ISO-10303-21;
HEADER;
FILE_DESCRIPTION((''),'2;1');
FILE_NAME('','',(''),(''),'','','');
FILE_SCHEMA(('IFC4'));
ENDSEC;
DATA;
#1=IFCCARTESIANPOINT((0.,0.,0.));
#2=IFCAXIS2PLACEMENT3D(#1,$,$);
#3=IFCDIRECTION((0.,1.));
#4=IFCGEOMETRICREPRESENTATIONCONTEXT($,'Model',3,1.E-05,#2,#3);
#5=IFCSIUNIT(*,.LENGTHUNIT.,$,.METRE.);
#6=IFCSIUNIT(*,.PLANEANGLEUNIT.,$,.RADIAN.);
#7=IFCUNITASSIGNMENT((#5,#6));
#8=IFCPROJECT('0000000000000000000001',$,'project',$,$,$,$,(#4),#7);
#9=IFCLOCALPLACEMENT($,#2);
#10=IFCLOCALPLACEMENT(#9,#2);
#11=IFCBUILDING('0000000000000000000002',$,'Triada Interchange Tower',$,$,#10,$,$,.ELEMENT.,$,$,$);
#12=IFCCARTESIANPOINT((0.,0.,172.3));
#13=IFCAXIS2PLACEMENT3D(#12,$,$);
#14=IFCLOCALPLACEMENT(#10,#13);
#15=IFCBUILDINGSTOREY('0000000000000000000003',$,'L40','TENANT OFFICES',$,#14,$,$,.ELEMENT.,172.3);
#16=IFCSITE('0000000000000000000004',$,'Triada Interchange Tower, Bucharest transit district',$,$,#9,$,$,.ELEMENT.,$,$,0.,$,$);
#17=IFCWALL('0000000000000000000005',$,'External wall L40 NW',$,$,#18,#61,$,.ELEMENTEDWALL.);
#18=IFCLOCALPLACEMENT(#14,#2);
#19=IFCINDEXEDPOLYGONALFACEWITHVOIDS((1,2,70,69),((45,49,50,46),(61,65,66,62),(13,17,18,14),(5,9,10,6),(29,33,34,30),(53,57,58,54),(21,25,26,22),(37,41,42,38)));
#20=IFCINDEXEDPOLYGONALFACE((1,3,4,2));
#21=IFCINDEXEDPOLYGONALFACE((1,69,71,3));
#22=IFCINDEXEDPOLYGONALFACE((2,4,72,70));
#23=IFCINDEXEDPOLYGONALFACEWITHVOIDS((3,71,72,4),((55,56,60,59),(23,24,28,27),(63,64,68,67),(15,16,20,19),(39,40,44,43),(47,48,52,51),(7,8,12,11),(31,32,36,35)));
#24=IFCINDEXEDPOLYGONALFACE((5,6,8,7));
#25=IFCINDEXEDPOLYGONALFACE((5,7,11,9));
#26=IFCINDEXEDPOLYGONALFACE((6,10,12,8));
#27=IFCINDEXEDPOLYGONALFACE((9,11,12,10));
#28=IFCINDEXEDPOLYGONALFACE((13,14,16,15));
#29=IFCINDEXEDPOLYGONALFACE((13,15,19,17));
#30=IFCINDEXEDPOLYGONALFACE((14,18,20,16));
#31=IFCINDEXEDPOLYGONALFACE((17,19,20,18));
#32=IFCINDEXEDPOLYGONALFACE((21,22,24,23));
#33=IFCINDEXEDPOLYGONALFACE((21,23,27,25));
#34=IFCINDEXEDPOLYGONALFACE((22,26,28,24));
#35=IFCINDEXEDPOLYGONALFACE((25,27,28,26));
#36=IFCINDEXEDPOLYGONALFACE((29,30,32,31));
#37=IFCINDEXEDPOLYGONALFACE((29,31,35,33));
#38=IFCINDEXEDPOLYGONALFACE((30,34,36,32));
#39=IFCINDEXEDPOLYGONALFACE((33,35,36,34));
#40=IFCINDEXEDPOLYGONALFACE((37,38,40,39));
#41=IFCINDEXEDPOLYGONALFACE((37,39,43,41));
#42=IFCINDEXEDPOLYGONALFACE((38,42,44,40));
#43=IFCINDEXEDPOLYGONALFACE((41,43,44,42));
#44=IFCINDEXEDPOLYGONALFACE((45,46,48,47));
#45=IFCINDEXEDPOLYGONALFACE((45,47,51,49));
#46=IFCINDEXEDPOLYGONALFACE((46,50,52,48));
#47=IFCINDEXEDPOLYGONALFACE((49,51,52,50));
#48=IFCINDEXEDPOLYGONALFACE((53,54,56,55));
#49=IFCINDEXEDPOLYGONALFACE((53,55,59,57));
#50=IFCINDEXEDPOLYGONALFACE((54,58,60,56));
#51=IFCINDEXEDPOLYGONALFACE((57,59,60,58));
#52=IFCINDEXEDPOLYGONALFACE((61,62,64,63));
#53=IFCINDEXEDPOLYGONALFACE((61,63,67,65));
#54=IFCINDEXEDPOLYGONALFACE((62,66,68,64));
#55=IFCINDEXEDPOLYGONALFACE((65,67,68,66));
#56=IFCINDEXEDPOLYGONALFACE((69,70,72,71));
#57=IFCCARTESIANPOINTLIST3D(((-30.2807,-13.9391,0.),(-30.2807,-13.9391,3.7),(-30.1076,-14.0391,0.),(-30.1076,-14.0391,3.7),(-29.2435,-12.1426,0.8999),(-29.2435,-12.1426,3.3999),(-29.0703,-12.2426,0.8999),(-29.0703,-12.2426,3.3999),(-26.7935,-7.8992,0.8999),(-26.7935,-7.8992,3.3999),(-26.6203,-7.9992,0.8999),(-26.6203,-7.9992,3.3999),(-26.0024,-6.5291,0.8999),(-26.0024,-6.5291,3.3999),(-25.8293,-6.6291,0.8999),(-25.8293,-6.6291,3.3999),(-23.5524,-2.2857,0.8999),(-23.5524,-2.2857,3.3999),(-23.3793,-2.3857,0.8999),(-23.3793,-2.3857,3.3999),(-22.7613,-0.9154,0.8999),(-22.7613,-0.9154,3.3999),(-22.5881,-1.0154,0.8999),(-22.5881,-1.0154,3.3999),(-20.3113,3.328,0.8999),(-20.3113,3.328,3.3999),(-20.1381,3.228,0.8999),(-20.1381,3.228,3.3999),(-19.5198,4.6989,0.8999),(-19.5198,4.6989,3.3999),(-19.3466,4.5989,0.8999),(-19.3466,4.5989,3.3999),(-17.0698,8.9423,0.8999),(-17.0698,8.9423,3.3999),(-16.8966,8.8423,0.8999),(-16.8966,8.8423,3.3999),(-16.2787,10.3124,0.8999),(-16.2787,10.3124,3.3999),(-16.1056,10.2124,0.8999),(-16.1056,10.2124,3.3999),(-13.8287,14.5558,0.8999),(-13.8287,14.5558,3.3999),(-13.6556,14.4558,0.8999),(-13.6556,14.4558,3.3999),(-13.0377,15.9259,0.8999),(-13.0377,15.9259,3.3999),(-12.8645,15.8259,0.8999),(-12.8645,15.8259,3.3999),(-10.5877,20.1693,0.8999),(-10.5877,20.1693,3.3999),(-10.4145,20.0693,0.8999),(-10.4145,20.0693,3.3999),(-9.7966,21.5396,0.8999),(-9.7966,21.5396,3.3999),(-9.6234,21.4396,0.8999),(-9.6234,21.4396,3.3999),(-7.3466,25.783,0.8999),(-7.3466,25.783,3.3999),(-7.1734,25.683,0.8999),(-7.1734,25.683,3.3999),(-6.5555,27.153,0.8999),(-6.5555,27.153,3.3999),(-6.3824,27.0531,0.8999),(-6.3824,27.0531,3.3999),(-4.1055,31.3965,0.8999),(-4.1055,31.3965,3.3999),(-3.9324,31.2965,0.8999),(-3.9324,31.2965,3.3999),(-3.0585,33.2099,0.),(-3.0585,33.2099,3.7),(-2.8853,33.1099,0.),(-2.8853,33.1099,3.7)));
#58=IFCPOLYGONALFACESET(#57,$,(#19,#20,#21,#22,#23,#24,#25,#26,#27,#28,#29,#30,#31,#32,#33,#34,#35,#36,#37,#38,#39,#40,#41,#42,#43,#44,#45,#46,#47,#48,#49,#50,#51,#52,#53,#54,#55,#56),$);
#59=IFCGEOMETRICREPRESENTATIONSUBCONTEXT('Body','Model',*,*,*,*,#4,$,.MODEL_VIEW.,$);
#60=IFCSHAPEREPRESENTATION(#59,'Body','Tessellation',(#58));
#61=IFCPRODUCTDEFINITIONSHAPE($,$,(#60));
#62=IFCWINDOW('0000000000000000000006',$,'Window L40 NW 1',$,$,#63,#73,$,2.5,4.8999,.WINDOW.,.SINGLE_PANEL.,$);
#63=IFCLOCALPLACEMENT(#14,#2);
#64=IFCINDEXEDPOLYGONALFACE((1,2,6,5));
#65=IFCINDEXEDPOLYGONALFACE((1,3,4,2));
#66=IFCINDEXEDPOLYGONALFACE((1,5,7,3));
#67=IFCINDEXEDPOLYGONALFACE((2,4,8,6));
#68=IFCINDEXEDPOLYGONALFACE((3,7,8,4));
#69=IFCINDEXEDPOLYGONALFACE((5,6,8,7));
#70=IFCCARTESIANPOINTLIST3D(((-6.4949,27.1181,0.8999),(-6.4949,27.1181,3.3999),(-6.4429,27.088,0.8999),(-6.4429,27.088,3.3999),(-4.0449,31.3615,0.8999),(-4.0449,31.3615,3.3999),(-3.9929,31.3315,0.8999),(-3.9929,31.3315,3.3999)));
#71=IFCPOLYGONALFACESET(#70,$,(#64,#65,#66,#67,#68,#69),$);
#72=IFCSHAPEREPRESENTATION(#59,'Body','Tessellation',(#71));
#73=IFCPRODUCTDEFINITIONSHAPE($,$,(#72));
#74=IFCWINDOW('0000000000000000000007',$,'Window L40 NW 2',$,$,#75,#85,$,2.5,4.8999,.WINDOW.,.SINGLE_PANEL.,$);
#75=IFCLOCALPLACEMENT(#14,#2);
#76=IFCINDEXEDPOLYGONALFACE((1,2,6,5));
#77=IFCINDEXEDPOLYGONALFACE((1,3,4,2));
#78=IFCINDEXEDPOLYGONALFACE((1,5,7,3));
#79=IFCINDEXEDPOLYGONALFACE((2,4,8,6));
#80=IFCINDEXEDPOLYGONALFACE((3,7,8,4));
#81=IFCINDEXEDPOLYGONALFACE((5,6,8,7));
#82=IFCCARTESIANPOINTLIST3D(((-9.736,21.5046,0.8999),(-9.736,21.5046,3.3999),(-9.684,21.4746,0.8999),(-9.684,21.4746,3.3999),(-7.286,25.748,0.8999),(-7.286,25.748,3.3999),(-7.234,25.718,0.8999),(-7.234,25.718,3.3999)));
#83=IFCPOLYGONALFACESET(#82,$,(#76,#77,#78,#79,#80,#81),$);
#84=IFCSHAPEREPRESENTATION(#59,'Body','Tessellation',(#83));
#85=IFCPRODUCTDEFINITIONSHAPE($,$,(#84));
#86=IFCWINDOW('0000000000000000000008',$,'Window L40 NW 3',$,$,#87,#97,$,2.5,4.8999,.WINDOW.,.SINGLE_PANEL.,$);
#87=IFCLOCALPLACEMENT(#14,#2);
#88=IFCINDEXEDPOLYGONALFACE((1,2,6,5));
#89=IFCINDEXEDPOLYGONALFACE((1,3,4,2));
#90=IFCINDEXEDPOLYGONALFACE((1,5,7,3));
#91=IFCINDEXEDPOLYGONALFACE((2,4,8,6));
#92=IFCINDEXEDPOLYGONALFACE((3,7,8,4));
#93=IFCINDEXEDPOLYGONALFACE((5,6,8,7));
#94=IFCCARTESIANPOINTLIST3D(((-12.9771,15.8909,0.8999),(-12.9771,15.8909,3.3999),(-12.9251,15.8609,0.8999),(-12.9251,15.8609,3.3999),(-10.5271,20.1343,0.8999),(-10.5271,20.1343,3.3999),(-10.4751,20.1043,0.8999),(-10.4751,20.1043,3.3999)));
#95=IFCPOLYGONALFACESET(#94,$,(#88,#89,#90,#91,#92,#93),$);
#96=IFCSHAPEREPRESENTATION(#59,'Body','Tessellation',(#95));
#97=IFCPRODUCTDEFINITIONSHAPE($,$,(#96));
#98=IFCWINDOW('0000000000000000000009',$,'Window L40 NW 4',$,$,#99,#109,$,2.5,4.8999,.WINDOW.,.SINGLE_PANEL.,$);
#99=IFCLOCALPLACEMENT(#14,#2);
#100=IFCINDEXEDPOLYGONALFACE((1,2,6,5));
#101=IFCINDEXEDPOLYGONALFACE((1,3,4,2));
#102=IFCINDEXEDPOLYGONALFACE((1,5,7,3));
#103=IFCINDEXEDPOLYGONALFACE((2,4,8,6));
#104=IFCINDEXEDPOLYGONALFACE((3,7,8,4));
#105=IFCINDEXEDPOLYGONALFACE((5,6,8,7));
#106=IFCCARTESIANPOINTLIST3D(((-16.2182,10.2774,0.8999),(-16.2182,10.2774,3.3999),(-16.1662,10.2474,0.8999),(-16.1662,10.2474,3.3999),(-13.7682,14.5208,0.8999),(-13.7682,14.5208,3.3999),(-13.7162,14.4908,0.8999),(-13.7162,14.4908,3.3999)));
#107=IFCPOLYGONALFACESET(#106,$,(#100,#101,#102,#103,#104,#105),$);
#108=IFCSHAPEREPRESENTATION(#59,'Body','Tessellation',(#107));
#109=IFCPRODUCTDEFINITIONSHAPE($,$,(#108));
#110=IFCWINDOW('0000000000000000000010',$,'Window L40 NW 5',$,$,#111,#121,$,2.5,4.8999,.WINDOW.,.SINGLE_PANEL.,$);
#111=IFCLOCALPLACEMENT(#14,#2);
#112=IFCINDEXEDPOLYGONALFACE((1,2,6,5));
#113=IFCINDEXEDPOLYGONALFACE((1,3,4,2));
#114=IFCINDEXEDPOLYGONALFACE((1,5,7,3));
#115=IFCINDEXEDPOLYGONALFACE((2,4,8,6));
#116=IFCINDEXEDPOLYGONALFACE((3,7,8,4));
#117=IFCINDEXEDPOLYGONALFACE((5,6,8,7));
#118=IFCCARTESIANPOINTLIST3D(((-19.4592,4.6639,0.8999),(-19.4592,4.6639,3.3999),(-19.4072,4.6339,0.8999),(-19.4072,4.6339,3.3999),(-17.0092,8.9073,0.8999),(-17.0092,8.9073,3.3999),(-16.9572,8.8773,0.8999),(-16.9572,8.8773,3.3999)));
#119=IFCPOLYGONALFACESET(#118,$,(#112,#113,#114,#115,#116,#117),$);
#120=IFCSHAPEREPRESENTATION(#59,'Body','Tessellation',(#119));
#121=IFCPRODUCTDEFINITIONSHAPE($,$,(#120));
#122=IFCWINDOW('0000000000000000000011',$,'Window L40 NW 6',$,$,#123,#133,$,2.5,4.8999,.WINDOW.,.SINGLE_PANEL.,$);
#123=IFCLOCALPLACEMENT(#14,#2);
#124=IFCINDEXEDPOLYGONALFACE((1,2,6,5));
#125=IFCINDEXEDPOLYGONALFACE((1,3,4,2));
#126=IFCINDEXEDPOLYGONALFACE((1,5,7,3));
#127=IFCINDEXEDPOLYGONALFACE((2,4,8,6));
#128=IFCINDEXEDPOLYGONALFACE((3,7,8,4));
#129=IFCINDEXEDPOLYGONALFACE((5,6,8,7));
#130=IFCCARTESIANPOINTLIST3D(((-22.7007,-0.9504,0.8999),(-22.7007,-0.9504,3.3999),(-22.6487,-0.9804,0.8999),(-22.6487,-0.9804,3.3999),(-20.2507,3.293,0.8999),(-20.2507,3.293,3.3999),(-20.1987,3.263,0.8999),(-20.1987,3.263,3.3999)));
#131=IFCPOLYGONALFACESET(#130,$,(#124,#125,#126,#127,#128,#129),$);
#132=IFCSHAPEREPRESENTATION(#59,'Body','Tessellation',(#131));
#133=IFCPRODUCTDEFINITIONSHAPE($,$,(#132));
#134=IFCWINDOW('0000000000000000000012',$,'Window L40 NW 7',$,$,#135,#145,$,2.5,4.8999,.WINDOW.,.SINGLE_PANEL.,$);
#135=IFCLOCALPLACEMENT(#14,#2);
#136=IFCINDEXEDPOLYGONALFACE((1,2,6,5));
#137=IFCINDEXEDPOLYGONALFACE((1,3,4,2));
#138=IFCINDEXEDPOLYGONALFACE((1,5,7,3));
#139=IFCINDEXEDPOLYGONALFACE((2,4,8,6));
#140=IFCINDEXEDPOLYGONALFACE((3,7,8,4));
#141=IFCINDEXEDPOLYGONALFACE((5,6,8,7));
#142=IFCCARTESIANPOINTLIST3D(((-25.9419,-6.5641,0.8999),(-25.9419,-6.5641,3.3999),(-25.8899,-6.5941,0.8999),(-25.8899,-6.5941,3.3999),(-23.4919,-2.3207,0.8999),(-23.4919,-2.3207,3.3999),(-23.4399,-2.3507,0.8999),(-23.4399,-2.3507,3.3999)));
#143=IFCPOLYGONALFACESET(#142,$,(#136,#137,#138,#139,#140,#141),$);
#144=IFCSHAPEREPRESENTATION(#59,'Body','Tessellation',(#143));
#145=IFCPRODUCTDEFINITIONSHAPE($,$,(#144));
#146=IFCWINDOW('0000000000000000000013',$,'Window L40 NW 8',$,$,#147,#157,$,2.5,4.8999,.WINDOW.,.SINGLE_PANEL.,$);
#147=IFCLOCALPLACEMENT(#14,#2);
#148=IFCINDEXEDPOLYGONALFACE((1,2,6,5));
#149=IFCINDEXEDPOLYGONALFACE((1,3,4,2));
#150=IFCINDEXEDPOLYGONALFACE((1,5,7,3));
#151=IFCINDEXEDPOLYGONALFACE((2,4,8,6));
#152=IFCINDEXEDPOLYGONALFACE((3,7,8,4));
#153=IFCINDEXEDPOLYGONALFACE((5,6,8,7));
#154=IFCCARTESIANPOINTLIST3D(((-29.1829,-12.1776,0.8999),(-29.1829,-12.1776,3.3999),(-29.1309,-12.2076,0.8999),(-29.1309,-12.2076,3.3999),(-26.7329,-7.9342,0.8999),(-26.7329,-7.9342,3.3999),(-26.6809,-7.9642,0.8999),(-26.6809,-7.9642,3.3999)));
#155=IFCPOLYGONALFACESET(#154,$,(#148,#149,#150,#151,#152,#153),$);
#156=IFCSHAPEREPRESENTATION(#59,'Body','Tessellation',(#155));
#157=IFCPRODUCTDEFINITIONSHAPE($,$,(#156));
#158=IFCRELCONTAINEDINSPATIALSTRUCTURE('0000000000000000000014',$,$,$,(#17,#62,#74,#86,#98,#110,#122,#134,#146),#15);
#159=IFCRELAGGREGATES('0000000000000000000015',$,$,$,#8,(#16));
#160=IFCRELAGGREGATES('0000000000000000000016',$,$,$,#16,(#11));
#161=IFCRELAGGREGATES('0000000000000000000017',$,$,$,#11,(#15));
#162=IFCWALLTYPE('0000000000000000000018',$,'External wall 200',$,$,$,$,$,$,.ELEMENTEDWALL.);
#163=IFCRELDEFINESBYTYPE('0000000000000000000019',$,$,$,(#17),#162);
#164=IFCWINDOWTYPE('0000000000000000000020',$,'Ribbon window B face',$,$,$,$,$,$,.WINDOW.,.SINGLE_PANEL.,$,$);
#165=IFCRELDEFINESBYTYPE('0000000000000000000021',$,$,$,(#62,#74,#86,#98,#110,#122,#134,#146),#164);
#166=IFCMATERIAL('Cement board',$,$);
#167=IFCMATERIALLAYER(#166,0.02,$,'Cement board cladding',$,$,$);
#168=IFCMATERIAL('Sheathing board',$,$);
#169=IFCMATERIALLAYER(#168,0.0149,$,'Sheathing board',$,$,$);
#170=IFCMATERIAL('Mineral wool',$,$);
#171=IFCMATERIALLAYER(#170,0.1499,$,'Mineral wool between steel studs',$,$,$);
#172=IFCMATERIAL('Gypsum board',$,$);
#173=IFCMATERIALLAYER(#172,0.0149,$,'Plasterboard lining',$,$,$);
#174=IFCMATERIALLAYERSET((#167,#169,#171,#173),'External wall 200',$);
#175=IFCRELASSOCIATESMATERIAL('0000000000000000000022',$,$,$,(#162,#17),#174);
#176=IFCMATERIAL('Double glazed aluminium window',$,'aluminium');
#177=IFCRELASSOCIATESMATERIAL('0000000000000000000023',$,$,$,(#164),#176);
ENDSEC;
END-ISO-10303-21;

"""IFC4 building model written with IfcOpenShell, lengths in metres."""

from ifc_helpers import new_model, si_unit, direction, frame, frame_2d, origin, place, context, subcontext, project, spatial, rectangle, extrude, material, layer, layer_set, layer_usage, type_object, element, fill, save


model = new_model("IFC4")

# Units and contexts
model_context = context("Model", 3, precision=1e-05, world=origin(), true_north=direction((0.0, 1.0)))
body_context = subcontext(model_context, "Body", "Model", "MODEL_VIEW")
ifc_project = project(units=[si_unit("LENGTHUNIT", "METRE"), si_unit("PLANEANGLEUNIT", "RADIAN")], contexts=[model_context])

# Site, building, storey
site_placement = place(None, origin())
site = spatial("IfcSite", under=ifc_project, at=site_placement, Name="Triada Interchange Tower, Bucharest transit district", CompositionType="ELEMENT", RefElevation=0.0)
building_placement = place(site_placement, origin())
building = spatial("IfcBuilding", under=site, at=building_placement, Name="Triada Interchange Tower", CompositionType="ELEMENT")
storey_placement = place(building_placement, frame((0.0, 0.0, 172.3)))
storey = spatial("IfcBuildingStorey", under=building, at=storey_placement, Name="L40", Description="TENANT OFFICES", CompositionType="ELEMENT", Elevation=172.3)

# Wall, openings, windows
ifc_material_1 = material(Name="Cement board")
ifc_layer_1 = layer(ifc_material_1, 0.02, Name="Cement board cladding")
ifc_material_2 = material(Name="Sheathing board")
ifc_layer_2 = layer(ifc_material_2, 0.0149, Name="Sheathing board")
ifc_material_3 = material(Name="Mineral wool")
ifc_layer_3 = layer(ifc_material_3, 0.1499, Name="Mineral wool between steel studs")
ifc_material_4 = material(Name="Gypsum board")
ifc_layer_4 = layer(ifc_material_4, 0.0149, Name="Plasterboard lining")
ifc_layer_set_1 = layer_set([ifc_layer_1, ifc_layer_2, ifc_layer_3, ifc_layer_4], Name="External wall 200")
ifc_layer_usage = layer_usage(ifc_layer_set_1, "AXIS2", "POSITIVE", -0.1001)
wall_type_1 = type_object("IfcWallType", Name="External wall 200", PredefinedType="ELEMENTEDWALL", material=ifc_layer_set_1)
wall_1_placement = place(storey_placement, frame((-2.9719, 33.1599, 0.0), z_axis=(0.0, 0.0, 1.0), x_axis=(-0.50001, -0.86602, 0.0)))
wall_1 = element("IfcWall", 1, at=wall_1_placement, inside=storey, type_object=wall_type_1, material=ifc_layer_usage, Name="External wall L40 NW", PredefinedType="ELEMENTEDWALL", context=body_context, shape_type="SweptSolid", body=[
    extrude(rectangle(XDim=54.4434, YDim=0.2, at=frame_2d((27.2217, 0.0))), origin(), (0.0, 0.0, 1.0), 3.7),
])
opening_1_placement = place(wall_1_placement, frame((2.094, 0.0, 0.8999)))
opening_1 = element("IfcOpeningElement", 2, at=opening_1_placement, cuts=wall_1, PredefinedType="OPENING", context=body_context, shape_type="SweptSolid", body=[
    extrude(rectangle(XDim=4.8999, YDim=2.5, at=frame_2d((2.45, 1.25))), frame((0.0, 0.1099, 0.0), z_axis=(0.0, -1.0, 0.0), x_axis=(1.0, 0.0, 0.0)), (0.0, 0.0, 1.0), 0.22),
])
opening_2_placement = place(wall_1_placement, frame((8.5759, 0.0, 0.8999)))
opening_2 = element("IfcOpeningElement", 3, at=opening_2_placement, cuts=wall_1, PredefinedType="OPENING", context=body_context, shape_type="SweptSolid", body=[
    extrude(rectangle(XDim=4.8999, YDim=2.5, at=frame_2d((2.45, 1.25))), frame((0.0, 0.1099, 0.0), z_axis=(0.0, -1.0, 0.0), x_axis=(1.0, 0.0, 0.0)), (0.0, 0.0, 1.0), 0.22),
])
opening_3_placement = place(wall_1_placement, frame((15.0581, 0.0, 0.8999)))
opening_3 = element("IfcOpeningElement", 4, at=opening_3_placement, cuts=wall_1, PredefinedType="OPENING", context=body_context, shape_type="SweptSolid", body=[
    extrude(rectangle(XDim=4.8999, YDim=2.5, at=frame_2d((2.45, 1.25))), frame((0.0, 0.1099, 0.0), z_axis=(0.0, -1.0, 0.0), x_axis=(1.0, 0.0, 0.0)), (0.0, 0.0, 1.0), 0.22),
])
opening_4_placement = place(wall_1_placement, frame((21.54, 0.0, 0.8999)))
opening_4 = element("IfcOpeningElement", 5, at=opening_4_placement, cuts=wall_1, PredefinedType="OPENING", context=body_context, shape_type="SweptSolid", body=[
    extrude(rectangle(XDim=4.8999, YDim=2.5, at=frame_2d((2.45, 1.25))), frame((0.0, 0.1099, 0.0), z_axis=(0.0, -1.0, 0.0), x_axis=(1.0, 0.0, 0.0)), (0.0, 0.0, 1.0), 0.22),
])
opening_5_placement = place(wall_1_placement, frame((28.022, 0.0, 0.8999)))
opening_5 = element("IfcOpeningElement", 6, at=opening_5_placement, cuts=wall_1, PredefinedType="OPENING", context=body_context, shape_type="SweptSolid", body=[
    extrude(rectangle(XDim=4.8999, YDim=2.5, at=frame_2d((2.45, 1.25))), frame((0.0, 0.1099, 0.0), z_axis=(0.0, -1.0, 0.0), x_axis=(1.0, 0.0, 0.0)), (0.0, 0.0, 1.0), 0.22),
])
opening_6_placement = place(wall_1_placement, frame((34.5049, 0.0, 0.8999)))
opening_6 = element("IfcOpeningElement", 7, at=opening_6_placement, cuts=wall_1, PredefinedType="OPENING", context=body_context, shape_type="SweptSolid", body=[
    extrude(rectangle(XDim=4.8999, YDim=2.5, at=frame_2d((2.45, 1.25))), frame((0.0, 0.1099, 0.0), z_axis=(0.0, -1.0, 0.0), x_axis=(1.0, 0.0, 0.0)), (0.0, 0.0, 1.0), 0.22),
])
opening_7_placement = place(wall_1_placement, frame((40.9871, 0.0, 0.8999)))
opening_7 = element("IfcOpeningElement", 8, at=opening_7_placement, cuts=wall_1, PredefinedType="OPENING", context=body_context, shape_type="SweptSolid", body=[
    extrude(rectangle(XDim=4.8999, YDim=2.5, at=frame_2d((2.45, 1.25))), frame((0.0, 0.1099, 0.0), z_axis=(0.0, -1.0, 0.0), x_axis=(1.0, 0.0, 0.0)), (0.0, 0.0, 1.0), 0.22),
])
opening_8_placement = place(wall_1_placement, frame((47.469, 0.0, 0.8999)))
opening_8 = element("IfcOpeningElement", 9, at=opening_8_placement, cuts=wall_1, PredefinedType="OPENING", context=body_context, shape_type="SweptSolid", body=[
    extrude(rectangle(XDim=4.8999, YDim=2.5, at=frame_2d((2.45, 1.25))), frame((0.0, 0.1099, 0.0), z_axis=(0.0, -1.0, 0.0), x_axis=(1.0, 0.0, 0.0)), (0.0, 0.0, 1.0), 0.22),
])
ifc_material_5 = material(Name="Double glazed aluminium window", Category="aluminium")
window_type = type_object("IfcWindowType", Name="Ribbon window B face", PartitioningType="SINGLE_PANEL", PredefinedType="WINDOW", material=ifc_material_5)
window_1_placement = place(opening_1_placement, origin())
window_1 = element("IfcWindow", 10, at=window_1_placement, inside=storey, type_object=window_type, Name="Window L40 NW 1", OverallHeight=2.5, OverallWidth=4.8999, PartitioningType="SINGLE_PANEL", PredefinedType="WINDOW", context=body_context, shape_type="SweptSolid", body=[
    extrude(rectangle(XDim=4.8999, YDim=2.5, at=frame_2d((2.45, 1.25))), frame((0.0, 0.03, 0.0), z_axis=(0.0, -1.0, 0.0), x_axis=(1.0, 0.0, 0.0)), (0.0, 0.0, 1.0), 0.0601),
])
fill(opening_1, window_1)
window_2_placement = place(opening_2_placement, origin())
window_2 = element("IfcWindow", 11, at=window_2_placement, inside=storey, type_object=window_type, Name="Window L40 NW 2", OverallHeight=2.5, OverallWidth=4.8999, PartitioningType="SINGLE_PANEL", PredefinedType="WINDOW", context=body_context, shape_type="SweptSolid", body=[
    extrude(rectangle(XDim=4.8999, YDim=2.5, at=frame_2d((2.45, 1.25))), frame((0.0, 0.03, 0.0), z_axis=(0.0, -1.0, 0.0), x_axis=(1.0, 0.0, 0.0)), (0.0, 0.0, 1.0), 0.0601),
])
fill(opening_2, window_2)
window_3_placement = place(opening_3_placement, origin())
window_3 = element("IfcWindow", 12, at=window_3_placement, inside=storey, type_object=window_type, Name="Window L40 NW 3", OverallHeight=2.5, OverallWidth=4.8999, PartitioningType="SINGLE_PANEL", PredefinedType="WINDOW", context=body_context, shape_type="SweptSolid", body=[
    extrude(rectangle(XDim=4.8999, YDim=2.5, at=frame_2d((2.45, 1.25))), frame((0.0, 0.03, 0.0), z_axis=(0.0, -1.0, 0.0), x_axis=(1.0, 0.0, 0.0)), (0.0, 0.0, 1.0), 0.0601),
])
fill(opening_3, window_3)
window_4_placement = place(opening_4_placement, origin())
window_4 = element("IfcWindow", 13, at=window_4_placement, inside=storey, type_object=window_type, Name="Window L40 NW 4", OverallHeight=2.5, OverallWidth=4.8999, PartitioningType="SINGLE_PANEL", PredefinedType="WINDOW", context=body_context, shape_type="SweptSolid", body=[
    extrude(rectangle(XDim=4.8999, YDim=2.5, at=frame_2d((2.45, 1.25))), frame((0.0, 0.03, 0.0), z_axis=(0.0, -1.0, 0.0), x_axis=(1.0, 0.0, 0.0)), (0.0, 0.0, 1.0), 0.0601),
])
fill(opening_4, window_4)
window_5_placement = place(opening_5_placement, origin())
window_5 = element("IfcWindow", 14, at=window_5_placement, inside=storey, type_object=window_type, Name="Window L40 NW 5", OverallHeight=2.5, OverallWidth=4.8999, PartitioningType="SINGLE_PANEL", PredefinedType="WINDOW", context=body_context, shape_type="SweptSolid", body=[
    extrude(rectangle(XDim=4.8999, YDim=2.5, at=frame_2d((2.45, 1.25))), frame((0.0, 0.03, 0.0), z_axis=(0.0, -1.0, 0.0), x_axis=(1.0, 0.0, 0.0)), (0.0, 0.0, 1.0), 0.0601),
])
fill(opening_5, window_5)
window_6_placement = place(opening_6_placement, origin())
window_6 = element("IfcWindow", 15, at=window_6_placement, inside=storey, type_object=window_type, Name="Window L40 NW 6", OverallHeight=2.5, OverallWidth=4.8999, PartitioningType="SINGLE_PANEL", PredefinedType="WINDOW", context=body_context, shape_type="SweptSolid", body=[
    extrude(rectangle(XDim=4.8999, YDim=2.5, at=frame_2d((2.45, 1.25))), frame((0.0, 0.03, 0.0), z_axis=(0.0, -1.0, 0.0), x_axis=(1.0, 0.0, 0.0)), (0.0, 0.0, 1.0), 0.0601),
])
fill(opening_6, window_6)
window_7_placement = place(opening_7_placement, origin())
window_7 = element("IfcWindow", 16, at=window_7_placement, inside=storey, type_object=window_type, Name="Window L40 NW 7", OverallHeight=2.5, OverallWidth=4.8999, PartitioningType="SINGLE_PANEL", PredefinedType="WINDOW", context=body_context, shape_type="SweptSolid", body=[
    extrude(rectangle(XDim=4.8999, YDim=2.5, at=frame_2d((2.45, 1.25))), frame((0.0, 0.03, 0.0), z_axis=(0.0, -1.0, 0.0), x_axis=(1.0, 0.0, 0.0)), (0.0, 0.0, 1.0), 0.0601),
])
fill(opening_7, window_7)
window_8_placement = place(opening_8_placement, origin())
window_8 = element("IfcWindow", 17, at=window_8_placement, inside=storey, type_object=window_type, Name="Window L40 NW 8", OverallHeight=2.5, OverallWidth=4.8999, PartitioningType="SINGLE_PANEL", PredefinedType="WINDOW", context=body_context, shape_type="SweptSolid", body=[
    extrude(rectangle(XDim=4.8999, YDim=2.5, at=frame_2d((2.45, 1.25))), frame((0.0, 0.03, 0.0), z_axis=(0.0, -1.0, 0.0), x_axis=(1.0, 0.0, 0.0)), (0.0, 0.0, 1.0), 0.0601),
])
fill(opening_8, window_8)

save(model, "model.ifc")
